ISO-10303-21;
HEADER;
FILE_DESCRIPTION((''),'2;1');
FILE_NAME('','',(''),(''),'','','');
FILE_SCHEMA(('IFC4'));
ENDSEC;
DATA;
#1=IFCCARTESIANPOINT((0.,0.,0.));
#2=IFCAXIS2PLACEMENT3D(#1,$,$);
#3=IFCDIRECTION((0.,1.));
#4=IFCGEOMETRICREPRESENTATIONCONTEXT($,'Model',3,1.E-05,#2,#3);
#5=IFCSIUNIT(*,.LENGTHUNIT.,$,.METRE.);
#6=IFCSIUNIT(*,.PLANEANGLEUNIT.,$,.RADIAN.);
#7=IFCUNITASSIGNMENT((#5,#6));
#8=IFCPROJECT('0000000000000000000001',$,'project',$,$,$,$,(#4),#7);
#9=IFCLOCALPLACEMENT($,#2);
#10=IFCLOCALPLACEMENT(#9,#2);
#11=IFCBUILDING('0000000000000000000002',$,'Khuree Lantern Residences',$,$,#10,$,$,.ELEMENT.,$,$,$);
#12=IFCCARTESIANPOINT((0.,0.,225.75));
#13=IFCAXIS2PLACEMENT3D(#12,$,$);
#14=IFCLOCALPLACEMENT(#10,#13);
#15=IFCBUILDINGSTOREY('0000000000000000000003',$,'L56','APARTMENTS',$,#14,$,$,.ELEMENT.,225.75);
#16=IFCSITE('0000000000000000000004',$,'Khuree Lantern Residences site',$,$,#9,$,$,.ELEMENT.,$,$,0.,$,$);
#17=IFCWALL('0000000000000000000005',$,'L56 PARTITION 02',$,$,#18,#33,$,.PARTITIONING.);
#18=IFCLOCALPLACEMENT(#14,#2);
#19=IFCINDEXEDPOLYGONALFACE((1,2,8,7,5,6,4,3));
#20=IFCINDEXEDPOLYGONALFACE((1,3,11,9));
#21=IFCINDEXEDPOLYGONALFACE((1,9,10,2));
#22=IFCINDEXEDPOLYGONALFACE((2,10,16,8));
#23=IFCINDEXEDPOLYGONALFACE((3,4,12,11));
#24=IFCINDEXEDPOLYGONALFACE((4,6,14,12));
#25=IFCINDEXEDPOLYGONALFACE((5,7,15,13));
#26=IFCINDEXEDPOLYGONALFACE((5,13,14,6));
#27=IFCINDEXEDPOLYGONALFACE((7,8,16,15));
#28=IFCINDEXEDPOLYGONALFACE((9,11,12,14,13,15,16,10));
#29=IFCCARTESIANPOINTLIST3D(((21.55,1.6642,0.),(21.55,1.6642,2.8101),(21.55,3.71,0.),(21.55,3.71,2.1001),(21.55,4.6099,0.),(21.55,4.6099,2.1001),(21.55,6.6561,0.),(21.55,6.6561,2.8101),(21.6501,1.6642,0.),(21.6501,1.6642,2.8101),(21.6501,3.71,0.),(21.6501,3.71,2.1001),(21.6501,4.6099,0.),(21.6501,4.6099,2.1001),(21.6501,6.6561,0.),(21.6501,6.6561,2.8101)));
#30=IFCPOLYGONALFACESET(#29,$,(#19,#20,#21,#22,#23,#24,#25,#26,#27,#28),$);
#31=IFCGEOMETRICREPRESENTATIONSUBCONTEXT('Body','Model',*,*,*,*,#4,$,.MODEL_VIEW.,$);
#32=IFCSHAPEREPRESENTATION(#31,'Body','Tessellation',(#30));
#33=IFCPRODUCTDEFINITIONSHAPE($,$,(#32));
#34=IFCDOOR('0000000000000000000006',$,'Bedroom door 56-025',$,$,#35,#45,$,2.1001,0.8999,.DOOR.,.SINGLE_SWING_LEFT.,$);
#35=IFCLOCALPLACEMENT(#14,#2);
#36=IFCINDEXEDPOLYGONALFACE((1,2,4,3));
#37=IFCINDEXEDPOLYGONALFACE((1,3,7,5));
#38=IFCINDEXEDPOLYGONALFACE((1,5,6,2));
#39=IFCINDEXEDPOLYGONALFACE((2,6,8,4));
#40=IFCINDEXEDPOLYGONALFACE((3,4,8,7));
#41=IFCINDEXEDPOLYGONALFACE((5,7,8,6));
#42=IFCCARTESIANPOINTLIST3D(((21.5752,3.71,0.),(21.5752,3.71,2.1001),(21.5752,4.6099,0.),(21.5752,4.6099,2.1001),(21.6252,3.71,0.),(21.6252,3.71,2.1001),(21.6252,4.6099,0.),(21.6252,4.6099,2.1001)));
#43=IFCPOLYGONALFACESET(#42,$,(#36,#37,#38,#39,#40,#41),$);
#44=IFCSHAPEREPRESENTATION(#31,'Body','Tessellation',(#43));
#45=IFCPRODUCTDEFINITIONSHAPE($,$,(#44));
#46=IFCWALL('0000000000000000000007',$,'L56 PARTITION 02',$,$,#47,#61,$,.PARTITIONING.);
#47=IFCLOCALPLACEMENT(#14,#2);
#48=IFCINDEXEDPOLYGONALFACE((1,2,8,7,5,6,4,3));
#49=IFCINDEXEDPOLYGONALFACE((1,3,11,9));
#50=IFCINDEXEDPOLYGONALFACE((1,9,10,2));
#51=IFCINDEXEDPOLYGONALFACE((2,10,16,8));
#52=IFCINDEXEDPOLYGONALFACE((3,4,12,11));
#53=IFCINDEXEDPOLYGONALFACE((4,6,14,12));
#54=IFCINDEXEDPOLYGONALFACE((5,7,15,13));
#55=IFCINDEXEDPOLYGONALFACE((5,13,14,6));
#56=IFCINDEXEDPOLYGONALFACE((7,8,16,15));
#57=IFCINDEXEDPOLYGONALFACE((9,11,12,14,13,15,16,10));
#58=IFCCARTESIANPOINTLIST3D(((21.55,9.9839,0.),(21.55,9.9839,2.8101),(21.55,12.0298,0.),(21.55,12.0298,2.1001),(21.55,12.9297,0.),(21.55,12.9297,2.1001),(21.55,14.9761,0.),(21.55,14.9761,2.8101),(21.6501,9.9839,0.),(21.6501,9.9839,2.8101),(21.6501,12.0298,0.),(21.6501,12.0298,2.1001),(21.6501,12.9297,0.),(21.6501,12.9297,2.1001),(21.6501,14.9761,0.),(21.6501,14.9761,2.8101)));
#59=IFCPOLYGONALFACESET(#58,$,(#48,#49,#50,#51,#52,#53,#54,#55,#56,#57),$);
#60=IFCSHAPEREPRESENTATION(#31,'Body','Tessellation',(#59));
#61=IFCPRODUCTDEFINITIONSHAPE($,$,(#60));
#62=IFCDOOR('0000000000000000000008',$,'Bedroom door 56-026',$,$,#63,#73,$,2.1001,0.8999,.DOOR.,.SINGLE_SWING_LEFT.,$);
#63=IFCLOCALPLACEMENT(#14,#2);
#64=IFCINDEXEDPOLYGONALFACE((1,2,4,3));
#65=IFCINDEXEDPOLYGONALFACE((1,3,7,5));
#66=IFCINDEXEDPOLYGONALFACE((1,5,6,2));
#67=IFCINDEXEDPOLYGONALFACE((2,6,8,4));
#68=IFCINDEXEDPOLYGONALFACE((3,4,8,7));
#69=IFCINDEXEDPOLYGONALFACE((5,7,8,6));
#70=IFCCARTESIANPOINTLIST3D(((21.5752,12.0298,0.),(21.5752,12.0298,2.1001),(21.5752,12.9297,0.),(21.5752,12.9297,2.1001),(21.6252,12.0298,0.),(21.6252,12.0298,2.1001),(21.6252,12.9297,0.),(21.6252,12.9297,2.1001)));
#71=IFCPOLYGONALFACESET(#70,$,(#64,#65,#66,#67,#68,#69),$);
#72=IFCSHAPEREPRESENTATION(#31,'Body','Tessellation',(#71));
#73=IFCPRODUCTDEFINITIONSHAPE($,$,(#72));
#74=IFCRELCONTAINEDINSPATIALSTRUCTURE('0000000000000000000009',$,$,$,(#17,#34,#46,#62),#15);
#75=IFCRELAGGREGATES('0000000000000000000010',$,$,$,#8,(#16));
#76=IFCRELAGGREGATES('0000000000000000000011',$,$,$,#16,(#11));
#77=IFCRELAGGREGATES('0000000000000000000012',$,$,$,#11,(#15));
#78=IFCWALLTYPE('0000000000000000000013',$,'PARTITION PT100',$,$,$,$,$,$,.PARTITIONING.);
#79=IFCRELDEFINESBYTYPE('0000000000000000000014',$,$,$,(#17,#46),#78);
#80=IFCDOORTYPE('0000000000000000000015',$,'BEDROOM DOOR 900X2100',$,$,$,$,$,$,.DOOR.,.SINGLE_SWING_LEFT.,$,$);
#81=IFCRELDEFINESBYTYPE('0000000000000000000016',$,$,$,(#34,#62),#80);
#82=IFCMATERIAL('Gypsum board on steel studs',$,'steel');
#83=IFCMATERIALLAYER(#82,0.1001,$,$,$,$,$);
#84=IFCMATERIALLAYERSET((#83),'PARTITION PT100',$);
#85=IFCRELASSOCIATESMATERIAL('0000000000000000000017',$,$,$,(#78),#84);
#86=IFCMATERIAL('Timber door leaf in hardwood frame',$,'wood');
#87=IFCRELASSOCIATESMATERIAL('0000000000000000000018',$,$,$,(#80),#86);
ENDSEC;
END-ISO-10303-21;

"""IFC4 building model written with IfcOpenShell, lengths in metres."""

from ifc_helpers import new_model, si_unit, direction, frame, frame_2d, origin, place, context, subcontext, project, spatial, rectangle, extrude, material, layer, layer_set, type_object, element, fill, save


model = new_model("IFC4")

# Units and contexts
model_context = context("Model", 3, precision=1e-05, world=origin(), true_north=direction((0.0, 1.0)))
body_context = subcontext(model_context, "Body", "Model", "MODEL_VIEW")
ifc_project = project(units=[si_unit("LENGTHUNIT", "METRE"), si_unit("PLANEANGLEUNIT", "RADIAN")], contexts=[model_context])

# Site, building, storey
site_placement = place(None, origin())
site = spatial("IfcSite", under=ifc_project, at=site_placement, Name="Khuree Lantern Residences site", CompositionType="ELEMENT", RefElevation=0.0)
building_placement = place(site_placement, origin())
building = spatial("IfcBuilding", under=site, at=building_placement, Name="Khuree Lantern Residences", CompositionType="ELEMENT")
storey_placement = place(building_placement, frame((0.0, 0.0, 225.75)))
storey = spatial("IfcBuildingStorey", under=building, at=storey_placement, Name="L56", Description="APARTMENTS", CompositionType="ELEMENT", Elevation=225.75)

# Shared definitions
ifc_material_1 = material(Name="Timber door leaf in hardwood frame", Category="wood")

# Shared definitions
ifc_material_2 = material(Name="Gypsum board on steel studs", Category="steel")
ifc_layer_1 = layer(ifc_material_2, 0.1001)
ifc_layer_set_1 = layer_set([ifc_layer_1], Name="PARTITION PT100")
wall_type_1 = type_object("IfcWallType", Name="PARTITION PT100", PredefinedType="PARTITIONING", material=ifc_layer_set_1)

# Walls, openings, doors
wall_1_placement = place(storey_placement, frame((21.6001, 1.6641, 0.0), z_axis=(0.0, 0.0, 1.0), x_axis=(0.0, 1.0, 0.0)))
wall_1 = element("IfcWall", 1, at=wall_1_placement, inside=storey, type_object=wall_type_1, Name="L56 PARTITION 02", PredefinedType="PARTITIONING", context=body_context, shape_type="SweptSolid", body=[
    extrude(rectangle(XDim=4.9919, YDim=0.1001, at=frame_2d((2.4961, 0.0))), origin(), (0.0, 0.0, 1.0), 2.8101),
])
opening_1_placement = place(wall_1_placement, frame((2.0459, 0.0, 0.0)))
opening_1 = element("IfcOpeningElement", 2, at=opening_1_placement, cuts=wall_1, PredefinedType="OPENING", context=body_context, shape_type="SweptSolid", body=[
    extrude(rectangle(XDim=0.8999, YDim=2.1001, at=frame_2d((0.45, 1.05))), frame((0.0, 0.0601, 0.0), z_axis=(0.0, -1.0, 0.0), x_axis=(1.0, 0.0, 0.0)), (0.0, 0.0, 1.0), 0.1201),
])
door_type_1 = type_object("IfcDoorType", Name="BEDROOM DOOR 900X2100", OperationType="SINGLE_SWING_LEFT", PredefinedType="DOOR", material=ifc_material_1)
door_1_placement = place(opening_1_placement, origin())
door_1 = element("IfcDoor", 3, at=door_1_placement, inside=storey, type_object=door_type_1, Name="Bedroom door 56-025", OperationType="SINGLE_SWING_LEFT", OverallHeight=2.1001, OverallWidth=0.8999, PredefinedType="DOOR", context=body_context, shape_type="SweptSolid", body=[
    extrude(rectangle(XDim=0.8999, YDim=2.1001, at=frame_2d((0.45, 1.05))), frame((0.0, 0.0249, 0.0), z_axis=(0.0, -1.0, 0.0), x_axis=(1.0, 0.0, 0.0)), (0.0, 0.0, 1.0), 0.05),
])
fill(opening_1, door_1)
wall_2_placement = place(storey_placement, frame((21.6001, 9.9839, 0.0), z_axis=(0.0, 0.0, 1.0), x_axis=(0.0, 1.0, 0.0)))
wall_2 = element("IfcWall", 4, at=wall_2_placement, inside=storey, type_object=wall_type_1, Name="L56 PARTITION 02", PredefinedType="PARTITIONING", context=body_context, shape_type="SweptSolid", body=[
    extrude(rectangle(XDim=4.9922, YDim=0.1001, at=frame_2d((2.4961, 0.0))), origin(), (0.0, 0.0, 1.0), 2.8101),
])
opening_2_placement = place(wall_2_placement, frame((2.0459, 0.0, 0.0)))
opening_2 = element("IfcOpeningElement", 5, at=opening_2_placement, cuts=wall_2, PredefinedType="OPENING", context=body_context, shape_type="SweptSolid", body=[
    extrude(rectangle(XDim=0.8999, YDim=2.1001, at=frame_2d((0.45, 1.05))), frame((0.0, 0.0601, 0.0), z_axis=(0.0, -1.0, 0.0), x_axis=(1.0, 0.0, 0.0)), (0.0, 0.0, 1.0), 0.1201),
])
door_2_placement = place(opening_2_placement, origin())
door_2 = element("IfcDoor", 6, at=door_2_placement, inside=storey, type_object=door_type_1, Name="Bedroom door 56-026", OperationType="SINGLE_SWING_LEFT", OverallHeight=2.1001, OverallWidth=0.8999, PredefinedType="DOOR", context=body_context, shape_type="SweptSolid", body=[
    extrude(rectangle(XDim=0.8999, YDim=2.1001, at=frame_2d((0.45, 1.05))), frame((0.0, 0.0249, 0.0), z_axis=(0.0, -1.0, 0.0), x_axis=(1.0, 0.0, 0.0)), (0.0, 0.0, 1.0), 0.05),
])
fill(opening_2, door_2)

save(model, "model.ifc")
